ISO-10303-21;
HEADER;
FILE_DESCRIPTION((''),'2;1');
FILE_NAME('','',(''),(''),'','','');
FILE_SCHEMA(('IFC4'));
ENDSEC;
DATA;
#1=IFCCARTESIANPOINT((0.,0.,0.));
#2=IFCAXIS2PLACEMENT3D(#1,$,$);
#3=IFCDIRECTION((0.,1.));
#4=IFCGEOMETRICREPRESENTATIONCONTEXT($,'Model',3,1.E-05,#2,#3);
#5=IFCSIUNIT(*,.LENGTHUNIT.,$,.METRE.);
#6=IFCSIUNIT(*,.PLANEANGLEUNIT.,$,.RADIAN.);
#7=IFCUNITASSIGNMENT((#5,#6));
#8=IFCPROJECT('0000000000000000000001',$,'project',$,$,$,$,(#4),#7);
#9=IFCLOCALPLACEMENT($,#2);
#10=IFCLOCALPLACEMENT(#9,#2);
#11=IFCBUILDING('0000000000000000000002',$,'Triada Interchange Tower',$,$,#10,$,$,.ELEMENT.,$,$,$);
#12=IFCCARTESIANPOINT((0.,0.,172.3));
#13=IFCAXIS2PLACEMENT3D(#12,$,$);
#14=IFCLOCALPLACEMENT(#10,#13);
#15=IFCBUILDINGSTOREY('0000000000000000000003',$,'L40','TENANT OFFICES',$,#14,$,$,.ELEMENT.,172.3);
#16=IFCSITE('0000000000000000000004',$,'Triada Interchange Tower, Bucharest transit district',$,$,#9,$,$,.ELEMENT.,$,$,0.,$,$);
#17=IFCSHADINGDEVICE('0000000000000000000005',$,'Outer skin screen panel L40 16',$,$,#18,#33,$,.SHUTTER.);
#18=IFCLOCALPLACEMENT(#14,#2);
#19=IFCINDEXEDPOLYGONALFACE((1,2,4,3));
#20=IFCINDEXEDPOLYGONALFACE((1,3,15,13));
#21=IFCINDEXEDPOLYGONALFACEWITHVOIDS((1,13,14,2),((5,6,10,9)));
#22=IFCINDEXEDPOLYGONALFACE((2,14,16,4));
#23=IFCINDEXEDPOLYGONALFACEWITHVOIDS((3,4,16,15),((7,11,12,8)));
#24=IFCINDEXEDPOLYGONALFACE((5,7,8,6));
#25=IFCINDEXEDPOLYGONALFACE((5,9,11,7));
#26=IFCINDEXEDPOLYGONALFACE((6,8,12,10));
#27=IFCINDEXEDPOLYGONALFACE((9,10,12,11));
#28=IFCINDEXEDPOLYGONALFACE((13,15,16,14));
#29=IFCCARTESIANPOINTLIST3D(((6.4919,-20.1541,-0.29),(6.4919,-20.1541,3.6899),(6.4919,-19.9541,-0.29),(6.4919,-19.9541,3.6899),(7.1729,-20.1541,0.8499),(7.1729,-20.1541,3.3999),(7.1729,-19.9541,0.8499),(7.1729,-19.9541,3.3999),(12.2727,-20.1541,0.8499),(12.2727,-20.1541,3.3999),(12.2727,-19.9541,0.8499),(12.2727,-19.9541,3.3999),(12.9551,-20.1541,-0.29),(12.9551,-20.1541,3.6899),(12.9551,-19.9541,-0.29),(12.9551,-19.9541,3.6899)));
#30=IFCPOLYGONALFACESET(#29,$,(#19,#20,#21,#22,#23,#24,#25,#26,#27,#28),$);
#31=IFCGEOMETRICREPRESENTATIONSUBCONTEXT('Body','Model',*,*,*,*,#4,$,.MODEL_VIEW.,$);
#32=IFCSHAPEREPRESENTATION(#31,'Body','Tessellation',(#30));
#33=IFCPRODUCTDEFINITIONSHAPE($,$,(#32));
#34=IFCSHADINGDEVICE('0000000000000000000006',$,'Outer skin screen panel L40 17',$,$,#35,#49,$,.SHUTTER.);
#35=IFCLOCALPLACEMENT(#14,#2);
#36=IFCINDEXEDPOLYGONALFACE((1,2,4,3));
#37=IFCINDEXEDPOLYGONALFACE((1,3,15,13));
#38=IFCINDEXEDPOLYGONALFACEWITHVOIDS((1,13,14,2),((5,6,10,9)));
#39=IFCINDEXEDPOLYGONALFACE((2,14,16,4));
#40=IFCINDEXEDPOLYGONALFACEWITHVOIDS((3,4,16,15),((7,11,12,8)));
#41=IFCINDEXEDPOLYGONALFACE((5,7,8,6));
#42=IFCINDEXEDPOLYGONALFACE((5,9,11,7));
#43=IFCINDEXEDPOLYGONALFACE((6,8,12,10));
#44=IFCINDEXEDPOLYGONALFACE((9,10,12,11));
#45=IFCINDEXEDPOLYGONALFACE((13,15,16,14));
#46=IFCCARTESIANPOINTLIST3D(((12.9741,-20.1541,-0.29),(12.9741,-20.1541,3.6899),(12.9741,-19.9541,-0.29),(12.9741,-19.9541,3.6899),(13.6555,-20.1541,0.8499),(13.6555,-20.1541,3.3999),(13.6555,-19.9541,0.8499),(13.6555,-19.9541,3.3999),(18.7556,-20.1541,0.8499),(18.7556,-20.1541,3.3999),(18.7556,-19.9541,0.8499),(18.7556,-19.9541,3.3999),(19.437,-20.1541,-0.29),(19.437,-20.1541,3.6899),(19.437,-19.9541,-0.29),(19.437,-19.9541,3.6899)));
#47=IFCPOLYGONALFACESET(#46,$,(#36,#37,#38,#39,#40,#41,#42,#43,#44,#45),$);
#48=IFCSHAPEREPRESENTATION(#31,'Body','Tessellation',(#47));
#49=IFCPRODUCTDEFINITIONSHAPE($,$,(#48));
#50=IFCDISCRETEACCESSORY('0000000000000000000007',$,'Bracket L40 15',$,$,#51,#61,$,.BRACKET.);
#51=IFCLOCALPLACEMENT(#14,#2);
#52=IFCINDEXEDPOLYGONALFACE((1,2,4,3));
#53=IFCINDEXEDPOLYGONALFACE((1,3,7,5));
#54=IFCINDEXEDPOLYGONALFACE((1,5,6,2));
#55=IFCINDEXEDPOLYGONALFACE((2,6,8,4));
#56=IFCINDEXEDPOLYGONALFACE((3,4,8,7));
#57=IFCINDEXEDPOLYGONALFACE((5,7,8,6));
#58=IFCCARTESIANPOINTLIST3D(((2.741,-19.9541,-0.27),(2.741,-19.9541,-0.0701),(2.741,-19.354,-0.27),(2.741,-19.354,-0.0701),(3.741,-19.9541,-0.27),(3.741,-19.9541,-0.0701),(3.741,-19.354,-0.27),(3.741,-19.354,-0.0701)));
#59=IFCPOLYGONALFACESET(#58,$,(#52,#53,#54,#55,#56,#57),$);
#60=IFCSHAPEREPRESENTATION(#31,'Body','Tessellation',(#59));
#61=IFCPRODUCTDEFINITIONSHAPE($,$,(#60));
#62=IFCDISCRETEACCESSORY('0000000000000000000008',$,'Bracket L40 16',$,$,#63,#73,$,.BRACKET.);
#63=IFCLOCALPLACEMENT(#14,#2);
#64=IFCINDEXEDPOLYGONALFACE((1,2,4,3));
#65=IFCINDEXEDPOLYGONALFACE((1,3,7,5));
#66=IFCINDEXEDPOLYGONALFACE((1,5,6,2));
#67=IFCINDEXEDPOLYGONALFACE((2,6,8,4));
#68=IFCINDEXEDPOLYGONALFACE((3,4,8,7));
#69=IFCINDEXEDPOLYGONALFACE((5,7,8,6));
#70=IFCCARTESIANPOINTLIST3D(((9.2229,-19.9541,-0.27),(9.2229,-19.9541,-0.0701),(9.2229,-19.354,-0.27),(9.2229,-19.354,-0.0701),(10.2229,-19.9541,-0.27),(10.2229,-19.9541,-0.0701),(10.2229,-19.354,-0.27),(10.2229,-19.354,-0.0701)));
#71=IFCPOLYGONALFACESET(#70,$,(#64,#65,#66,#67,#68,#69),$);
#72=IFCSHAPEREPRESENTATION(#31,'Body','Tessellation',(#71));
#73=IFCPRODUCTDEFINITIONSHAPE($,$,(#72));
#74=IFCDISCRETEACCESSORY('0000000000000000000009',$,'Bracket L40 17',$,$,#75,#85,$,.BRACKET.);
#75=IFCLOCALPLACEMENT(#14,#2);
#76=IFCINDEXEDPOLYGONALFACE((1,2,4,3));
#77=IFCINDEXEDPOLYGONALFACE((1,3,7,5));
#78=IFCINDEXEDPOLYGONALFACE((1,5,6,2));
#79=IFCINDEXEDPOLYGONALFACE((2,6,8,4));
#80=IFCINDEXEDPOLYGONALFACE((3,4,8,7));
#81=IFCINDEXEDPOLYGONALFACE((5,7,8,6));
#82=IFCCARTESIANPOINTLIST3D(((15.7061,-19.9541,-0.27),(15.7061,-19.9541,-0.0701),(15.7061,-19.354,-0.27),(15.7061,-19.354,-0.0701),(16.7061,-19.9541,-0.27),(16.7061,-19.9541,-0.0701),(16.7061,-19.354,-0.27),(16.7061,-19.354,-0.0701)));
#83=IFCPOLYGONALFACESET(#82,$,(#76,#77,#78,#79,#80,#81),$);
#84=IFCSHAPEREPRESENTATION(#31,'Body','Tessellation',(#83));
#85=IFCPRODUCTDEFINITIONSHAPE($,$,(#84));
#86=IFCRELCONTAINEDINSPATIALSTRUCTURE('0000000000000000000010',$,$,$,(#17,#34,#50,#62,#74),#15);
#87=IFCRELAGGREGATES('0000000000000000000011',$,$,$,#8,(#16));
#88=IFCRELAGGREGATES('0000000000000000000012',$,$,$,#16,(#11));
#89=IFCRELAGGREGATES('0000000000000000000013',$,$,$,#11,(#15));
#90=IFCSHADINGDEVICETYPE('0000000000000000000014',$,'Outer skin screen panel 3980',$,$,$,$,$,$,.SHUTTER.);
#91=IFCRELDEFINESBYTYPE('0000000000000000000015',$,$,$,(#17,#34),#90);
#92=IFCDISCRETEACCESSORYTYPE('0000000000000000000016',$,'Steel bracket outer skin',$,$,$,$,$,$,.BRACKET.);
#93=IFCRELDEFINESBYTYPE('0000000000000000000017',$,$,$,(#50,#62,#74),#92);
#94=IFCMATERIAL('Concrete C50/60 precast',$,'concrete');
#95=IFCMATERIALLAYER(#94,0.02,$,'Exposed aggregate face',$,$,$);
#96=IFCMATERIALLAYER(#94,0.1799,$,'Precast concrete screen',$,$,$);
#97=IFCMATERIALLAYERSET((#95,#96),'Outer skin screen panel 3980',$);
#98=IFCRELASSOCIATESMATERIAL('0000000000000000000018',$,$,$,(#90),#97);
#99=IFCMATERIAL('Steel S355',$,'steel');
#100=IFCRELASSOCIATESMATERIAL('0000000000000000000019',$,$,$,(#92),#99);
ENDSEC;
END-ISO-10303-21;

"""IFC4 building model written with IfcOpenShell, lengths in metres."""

from ifc_helpers import new_model, si_unit, direction, frame, origin, origin_2d, place, context, subcontext, project, spatial, polyline, rectangle, outline, extrude, material, layer, layer_set, type_object, element, save


model = new_model("IFC4")

# Units and contexts
model_context = context("Model", 3, precision=1e-05, world=origin(), true_north=direction((0.0, 1.0)))
body_context = subcontext(model_context, "Body", "Model", "MODEL_VIEW")
ifc_project = project(units=[si_unit("LENGTHUNIT", "METRE"), si_unit("PLANEANGLEUNIT", "RADIAN")], contexts=[model_context])

# Site, building, storey
site_placement = place(None, origin())
site = spatial("IfcSite", under=ifc_project, at=site_placement, Name="Triada Interchange Tower, Bucharest transit district", CompositionType="ELEMENT", RefElevation=0.0)
building_placement = place(site_placement, origin())
building = spatial("IfcBuilding", under=site, at=building_placement, Name="Triada Interchange Tower", CompositionType="ELEMENT")
storey_placement = place(building_placement, frame((0.0, 0.0, 172.3)))
storey = spatial("IfcBuildingStorey", under=building, at=storey_placement, Name="L40", Description="TENANT OFFICES", CompositionType="ELEMENT", Elevation=172.3)

# Shading devices
ifc_material_1 = material(Name="Concrete C50/60 precast", Category="concrete")
ifc_layer_1 = layer(ifc_material_1, 0.02, Name="Exposed aggregate face")
ifc_layer_2 = layer(ifc_material_1, 0.1799, Name="Precast concrete screen")
ifc_layer_set_1 = layer_set([ifc_layer_1, ifc_layer_2], Name="Outer skin screen panel 3980")
shading_device_type = type_object("IfcShadingDeviceType", Name="Outer skin screen panel 3980", PredefinedType="SHUTTER", material=ifc_layer_set_1)
shading_device_1_placement = place(storey_placement, frame((6.4919, -19.9541, -0.29), z_axis=(0.0, 0.0, 1.0), x_axis=(1.0, 0.0, 0.0)))
element("IfcShadingDevice", 1, at=shading_device_1_placement, inside=storey, type_object=shading_device_type, Name="Outer skin screen panel L40 16", PredefinedType="SHUTTER", context=body_context, shape_type="SweptSolid", body=[
    extrude(outline(polyline([(0.0, 0.0), (6.4631, 0.0), (6.4631, 3.98), (0.0, 3.98), (0.0, 0.0)]), holes=[polyline([(0.6809, 1.1399), (0.6809, 3.6899), (5.7808, 3.6899), (5.7808, 1.1399), (0.6809, 1.1399)])]), frame((0.0, 0.0, 0.0), z_axis=(0.0, -1.0, 0.0), x_axis=(1.0, 0.0, 0.0)), (0.0, 0.0, 1.0), 0.2),
])
shading_device_2_placement = place(storey_placement, frame((12.9741, -19.9541, -0.29), z_axis=(0.0, 0.0, 1.0), x_axis=(1.0, 0.0, 0.0)))
element("IfcShadingDevice", 2, at=shading_device_2_placement, inside=storey, type_object=shading_device_type, Name="Outer skin screen panel L40 17", PredefinedType="SHUTTER", context=body_context, shape_type="SweptSolid", body=[
    extrude(outline(polyline([(0.0, 0.0), (6.4629, 0.0), (6.4629, 3.98), (0.0, 3.98), (0.0, 0.0)]), holes=[polyline([(0.6814, 1.1399), (0.6814, 3.6899), (5.7815, 3.6899), (5.7815, 1.1399), (0.6814, 1.1399)])]), frame((0.0, 0.0, 0.0), z_axis=(0.0, -1.0, 0.0), x_axis=(1.0, 0.0, 0.0)), (0.0, 0.0, 1.0), 0.2),
])

# Discrete accessories
ifc_material_2 = material(Name="Steel S355", Category="steel")
discrete_accessory_type = type_object("IfcDiscreteAccessoryType", Name="Steel bracket outer skin", PredefinedType="BRACKET", material=ifc_material_2)
for number, where, z_axis, x_axis, name in (
    (3, (3.241, -19.6541, -0.27), (0.0, 0.0, 1.0), (0.0, -1.0, 0.0), "Bracket L40 15"),
    (4, (9.7229, -19.6541, -0.27), (0.0, 0.0, 1.0), (0.0, -1.0, 0.0), "Bracket L40 16"),
    (5, (16.2061, -19.6541, -0.27), (0.0, 0.0, 1.0), (0.0, -1.0, 0.0), "Bracket L40 17"),
):
    element("IfcDiscreteAccessory", number, at=place(storey_placement, frame(where, z_axis=z_axis, x_axis=x_axis)), inside=storey, type_object=discrete_accessory_type, Name=name, PredefinedType="BRACKET", context=body_context, shape_type="SweptSolid", body=[
        extrude(rectangle(XDim=0.6001, YDim=1.0, at=origin_2d()), origin(), (0.0, 0.0, 1.0), 0.2),
    ])

save(model, "model.ifc")
